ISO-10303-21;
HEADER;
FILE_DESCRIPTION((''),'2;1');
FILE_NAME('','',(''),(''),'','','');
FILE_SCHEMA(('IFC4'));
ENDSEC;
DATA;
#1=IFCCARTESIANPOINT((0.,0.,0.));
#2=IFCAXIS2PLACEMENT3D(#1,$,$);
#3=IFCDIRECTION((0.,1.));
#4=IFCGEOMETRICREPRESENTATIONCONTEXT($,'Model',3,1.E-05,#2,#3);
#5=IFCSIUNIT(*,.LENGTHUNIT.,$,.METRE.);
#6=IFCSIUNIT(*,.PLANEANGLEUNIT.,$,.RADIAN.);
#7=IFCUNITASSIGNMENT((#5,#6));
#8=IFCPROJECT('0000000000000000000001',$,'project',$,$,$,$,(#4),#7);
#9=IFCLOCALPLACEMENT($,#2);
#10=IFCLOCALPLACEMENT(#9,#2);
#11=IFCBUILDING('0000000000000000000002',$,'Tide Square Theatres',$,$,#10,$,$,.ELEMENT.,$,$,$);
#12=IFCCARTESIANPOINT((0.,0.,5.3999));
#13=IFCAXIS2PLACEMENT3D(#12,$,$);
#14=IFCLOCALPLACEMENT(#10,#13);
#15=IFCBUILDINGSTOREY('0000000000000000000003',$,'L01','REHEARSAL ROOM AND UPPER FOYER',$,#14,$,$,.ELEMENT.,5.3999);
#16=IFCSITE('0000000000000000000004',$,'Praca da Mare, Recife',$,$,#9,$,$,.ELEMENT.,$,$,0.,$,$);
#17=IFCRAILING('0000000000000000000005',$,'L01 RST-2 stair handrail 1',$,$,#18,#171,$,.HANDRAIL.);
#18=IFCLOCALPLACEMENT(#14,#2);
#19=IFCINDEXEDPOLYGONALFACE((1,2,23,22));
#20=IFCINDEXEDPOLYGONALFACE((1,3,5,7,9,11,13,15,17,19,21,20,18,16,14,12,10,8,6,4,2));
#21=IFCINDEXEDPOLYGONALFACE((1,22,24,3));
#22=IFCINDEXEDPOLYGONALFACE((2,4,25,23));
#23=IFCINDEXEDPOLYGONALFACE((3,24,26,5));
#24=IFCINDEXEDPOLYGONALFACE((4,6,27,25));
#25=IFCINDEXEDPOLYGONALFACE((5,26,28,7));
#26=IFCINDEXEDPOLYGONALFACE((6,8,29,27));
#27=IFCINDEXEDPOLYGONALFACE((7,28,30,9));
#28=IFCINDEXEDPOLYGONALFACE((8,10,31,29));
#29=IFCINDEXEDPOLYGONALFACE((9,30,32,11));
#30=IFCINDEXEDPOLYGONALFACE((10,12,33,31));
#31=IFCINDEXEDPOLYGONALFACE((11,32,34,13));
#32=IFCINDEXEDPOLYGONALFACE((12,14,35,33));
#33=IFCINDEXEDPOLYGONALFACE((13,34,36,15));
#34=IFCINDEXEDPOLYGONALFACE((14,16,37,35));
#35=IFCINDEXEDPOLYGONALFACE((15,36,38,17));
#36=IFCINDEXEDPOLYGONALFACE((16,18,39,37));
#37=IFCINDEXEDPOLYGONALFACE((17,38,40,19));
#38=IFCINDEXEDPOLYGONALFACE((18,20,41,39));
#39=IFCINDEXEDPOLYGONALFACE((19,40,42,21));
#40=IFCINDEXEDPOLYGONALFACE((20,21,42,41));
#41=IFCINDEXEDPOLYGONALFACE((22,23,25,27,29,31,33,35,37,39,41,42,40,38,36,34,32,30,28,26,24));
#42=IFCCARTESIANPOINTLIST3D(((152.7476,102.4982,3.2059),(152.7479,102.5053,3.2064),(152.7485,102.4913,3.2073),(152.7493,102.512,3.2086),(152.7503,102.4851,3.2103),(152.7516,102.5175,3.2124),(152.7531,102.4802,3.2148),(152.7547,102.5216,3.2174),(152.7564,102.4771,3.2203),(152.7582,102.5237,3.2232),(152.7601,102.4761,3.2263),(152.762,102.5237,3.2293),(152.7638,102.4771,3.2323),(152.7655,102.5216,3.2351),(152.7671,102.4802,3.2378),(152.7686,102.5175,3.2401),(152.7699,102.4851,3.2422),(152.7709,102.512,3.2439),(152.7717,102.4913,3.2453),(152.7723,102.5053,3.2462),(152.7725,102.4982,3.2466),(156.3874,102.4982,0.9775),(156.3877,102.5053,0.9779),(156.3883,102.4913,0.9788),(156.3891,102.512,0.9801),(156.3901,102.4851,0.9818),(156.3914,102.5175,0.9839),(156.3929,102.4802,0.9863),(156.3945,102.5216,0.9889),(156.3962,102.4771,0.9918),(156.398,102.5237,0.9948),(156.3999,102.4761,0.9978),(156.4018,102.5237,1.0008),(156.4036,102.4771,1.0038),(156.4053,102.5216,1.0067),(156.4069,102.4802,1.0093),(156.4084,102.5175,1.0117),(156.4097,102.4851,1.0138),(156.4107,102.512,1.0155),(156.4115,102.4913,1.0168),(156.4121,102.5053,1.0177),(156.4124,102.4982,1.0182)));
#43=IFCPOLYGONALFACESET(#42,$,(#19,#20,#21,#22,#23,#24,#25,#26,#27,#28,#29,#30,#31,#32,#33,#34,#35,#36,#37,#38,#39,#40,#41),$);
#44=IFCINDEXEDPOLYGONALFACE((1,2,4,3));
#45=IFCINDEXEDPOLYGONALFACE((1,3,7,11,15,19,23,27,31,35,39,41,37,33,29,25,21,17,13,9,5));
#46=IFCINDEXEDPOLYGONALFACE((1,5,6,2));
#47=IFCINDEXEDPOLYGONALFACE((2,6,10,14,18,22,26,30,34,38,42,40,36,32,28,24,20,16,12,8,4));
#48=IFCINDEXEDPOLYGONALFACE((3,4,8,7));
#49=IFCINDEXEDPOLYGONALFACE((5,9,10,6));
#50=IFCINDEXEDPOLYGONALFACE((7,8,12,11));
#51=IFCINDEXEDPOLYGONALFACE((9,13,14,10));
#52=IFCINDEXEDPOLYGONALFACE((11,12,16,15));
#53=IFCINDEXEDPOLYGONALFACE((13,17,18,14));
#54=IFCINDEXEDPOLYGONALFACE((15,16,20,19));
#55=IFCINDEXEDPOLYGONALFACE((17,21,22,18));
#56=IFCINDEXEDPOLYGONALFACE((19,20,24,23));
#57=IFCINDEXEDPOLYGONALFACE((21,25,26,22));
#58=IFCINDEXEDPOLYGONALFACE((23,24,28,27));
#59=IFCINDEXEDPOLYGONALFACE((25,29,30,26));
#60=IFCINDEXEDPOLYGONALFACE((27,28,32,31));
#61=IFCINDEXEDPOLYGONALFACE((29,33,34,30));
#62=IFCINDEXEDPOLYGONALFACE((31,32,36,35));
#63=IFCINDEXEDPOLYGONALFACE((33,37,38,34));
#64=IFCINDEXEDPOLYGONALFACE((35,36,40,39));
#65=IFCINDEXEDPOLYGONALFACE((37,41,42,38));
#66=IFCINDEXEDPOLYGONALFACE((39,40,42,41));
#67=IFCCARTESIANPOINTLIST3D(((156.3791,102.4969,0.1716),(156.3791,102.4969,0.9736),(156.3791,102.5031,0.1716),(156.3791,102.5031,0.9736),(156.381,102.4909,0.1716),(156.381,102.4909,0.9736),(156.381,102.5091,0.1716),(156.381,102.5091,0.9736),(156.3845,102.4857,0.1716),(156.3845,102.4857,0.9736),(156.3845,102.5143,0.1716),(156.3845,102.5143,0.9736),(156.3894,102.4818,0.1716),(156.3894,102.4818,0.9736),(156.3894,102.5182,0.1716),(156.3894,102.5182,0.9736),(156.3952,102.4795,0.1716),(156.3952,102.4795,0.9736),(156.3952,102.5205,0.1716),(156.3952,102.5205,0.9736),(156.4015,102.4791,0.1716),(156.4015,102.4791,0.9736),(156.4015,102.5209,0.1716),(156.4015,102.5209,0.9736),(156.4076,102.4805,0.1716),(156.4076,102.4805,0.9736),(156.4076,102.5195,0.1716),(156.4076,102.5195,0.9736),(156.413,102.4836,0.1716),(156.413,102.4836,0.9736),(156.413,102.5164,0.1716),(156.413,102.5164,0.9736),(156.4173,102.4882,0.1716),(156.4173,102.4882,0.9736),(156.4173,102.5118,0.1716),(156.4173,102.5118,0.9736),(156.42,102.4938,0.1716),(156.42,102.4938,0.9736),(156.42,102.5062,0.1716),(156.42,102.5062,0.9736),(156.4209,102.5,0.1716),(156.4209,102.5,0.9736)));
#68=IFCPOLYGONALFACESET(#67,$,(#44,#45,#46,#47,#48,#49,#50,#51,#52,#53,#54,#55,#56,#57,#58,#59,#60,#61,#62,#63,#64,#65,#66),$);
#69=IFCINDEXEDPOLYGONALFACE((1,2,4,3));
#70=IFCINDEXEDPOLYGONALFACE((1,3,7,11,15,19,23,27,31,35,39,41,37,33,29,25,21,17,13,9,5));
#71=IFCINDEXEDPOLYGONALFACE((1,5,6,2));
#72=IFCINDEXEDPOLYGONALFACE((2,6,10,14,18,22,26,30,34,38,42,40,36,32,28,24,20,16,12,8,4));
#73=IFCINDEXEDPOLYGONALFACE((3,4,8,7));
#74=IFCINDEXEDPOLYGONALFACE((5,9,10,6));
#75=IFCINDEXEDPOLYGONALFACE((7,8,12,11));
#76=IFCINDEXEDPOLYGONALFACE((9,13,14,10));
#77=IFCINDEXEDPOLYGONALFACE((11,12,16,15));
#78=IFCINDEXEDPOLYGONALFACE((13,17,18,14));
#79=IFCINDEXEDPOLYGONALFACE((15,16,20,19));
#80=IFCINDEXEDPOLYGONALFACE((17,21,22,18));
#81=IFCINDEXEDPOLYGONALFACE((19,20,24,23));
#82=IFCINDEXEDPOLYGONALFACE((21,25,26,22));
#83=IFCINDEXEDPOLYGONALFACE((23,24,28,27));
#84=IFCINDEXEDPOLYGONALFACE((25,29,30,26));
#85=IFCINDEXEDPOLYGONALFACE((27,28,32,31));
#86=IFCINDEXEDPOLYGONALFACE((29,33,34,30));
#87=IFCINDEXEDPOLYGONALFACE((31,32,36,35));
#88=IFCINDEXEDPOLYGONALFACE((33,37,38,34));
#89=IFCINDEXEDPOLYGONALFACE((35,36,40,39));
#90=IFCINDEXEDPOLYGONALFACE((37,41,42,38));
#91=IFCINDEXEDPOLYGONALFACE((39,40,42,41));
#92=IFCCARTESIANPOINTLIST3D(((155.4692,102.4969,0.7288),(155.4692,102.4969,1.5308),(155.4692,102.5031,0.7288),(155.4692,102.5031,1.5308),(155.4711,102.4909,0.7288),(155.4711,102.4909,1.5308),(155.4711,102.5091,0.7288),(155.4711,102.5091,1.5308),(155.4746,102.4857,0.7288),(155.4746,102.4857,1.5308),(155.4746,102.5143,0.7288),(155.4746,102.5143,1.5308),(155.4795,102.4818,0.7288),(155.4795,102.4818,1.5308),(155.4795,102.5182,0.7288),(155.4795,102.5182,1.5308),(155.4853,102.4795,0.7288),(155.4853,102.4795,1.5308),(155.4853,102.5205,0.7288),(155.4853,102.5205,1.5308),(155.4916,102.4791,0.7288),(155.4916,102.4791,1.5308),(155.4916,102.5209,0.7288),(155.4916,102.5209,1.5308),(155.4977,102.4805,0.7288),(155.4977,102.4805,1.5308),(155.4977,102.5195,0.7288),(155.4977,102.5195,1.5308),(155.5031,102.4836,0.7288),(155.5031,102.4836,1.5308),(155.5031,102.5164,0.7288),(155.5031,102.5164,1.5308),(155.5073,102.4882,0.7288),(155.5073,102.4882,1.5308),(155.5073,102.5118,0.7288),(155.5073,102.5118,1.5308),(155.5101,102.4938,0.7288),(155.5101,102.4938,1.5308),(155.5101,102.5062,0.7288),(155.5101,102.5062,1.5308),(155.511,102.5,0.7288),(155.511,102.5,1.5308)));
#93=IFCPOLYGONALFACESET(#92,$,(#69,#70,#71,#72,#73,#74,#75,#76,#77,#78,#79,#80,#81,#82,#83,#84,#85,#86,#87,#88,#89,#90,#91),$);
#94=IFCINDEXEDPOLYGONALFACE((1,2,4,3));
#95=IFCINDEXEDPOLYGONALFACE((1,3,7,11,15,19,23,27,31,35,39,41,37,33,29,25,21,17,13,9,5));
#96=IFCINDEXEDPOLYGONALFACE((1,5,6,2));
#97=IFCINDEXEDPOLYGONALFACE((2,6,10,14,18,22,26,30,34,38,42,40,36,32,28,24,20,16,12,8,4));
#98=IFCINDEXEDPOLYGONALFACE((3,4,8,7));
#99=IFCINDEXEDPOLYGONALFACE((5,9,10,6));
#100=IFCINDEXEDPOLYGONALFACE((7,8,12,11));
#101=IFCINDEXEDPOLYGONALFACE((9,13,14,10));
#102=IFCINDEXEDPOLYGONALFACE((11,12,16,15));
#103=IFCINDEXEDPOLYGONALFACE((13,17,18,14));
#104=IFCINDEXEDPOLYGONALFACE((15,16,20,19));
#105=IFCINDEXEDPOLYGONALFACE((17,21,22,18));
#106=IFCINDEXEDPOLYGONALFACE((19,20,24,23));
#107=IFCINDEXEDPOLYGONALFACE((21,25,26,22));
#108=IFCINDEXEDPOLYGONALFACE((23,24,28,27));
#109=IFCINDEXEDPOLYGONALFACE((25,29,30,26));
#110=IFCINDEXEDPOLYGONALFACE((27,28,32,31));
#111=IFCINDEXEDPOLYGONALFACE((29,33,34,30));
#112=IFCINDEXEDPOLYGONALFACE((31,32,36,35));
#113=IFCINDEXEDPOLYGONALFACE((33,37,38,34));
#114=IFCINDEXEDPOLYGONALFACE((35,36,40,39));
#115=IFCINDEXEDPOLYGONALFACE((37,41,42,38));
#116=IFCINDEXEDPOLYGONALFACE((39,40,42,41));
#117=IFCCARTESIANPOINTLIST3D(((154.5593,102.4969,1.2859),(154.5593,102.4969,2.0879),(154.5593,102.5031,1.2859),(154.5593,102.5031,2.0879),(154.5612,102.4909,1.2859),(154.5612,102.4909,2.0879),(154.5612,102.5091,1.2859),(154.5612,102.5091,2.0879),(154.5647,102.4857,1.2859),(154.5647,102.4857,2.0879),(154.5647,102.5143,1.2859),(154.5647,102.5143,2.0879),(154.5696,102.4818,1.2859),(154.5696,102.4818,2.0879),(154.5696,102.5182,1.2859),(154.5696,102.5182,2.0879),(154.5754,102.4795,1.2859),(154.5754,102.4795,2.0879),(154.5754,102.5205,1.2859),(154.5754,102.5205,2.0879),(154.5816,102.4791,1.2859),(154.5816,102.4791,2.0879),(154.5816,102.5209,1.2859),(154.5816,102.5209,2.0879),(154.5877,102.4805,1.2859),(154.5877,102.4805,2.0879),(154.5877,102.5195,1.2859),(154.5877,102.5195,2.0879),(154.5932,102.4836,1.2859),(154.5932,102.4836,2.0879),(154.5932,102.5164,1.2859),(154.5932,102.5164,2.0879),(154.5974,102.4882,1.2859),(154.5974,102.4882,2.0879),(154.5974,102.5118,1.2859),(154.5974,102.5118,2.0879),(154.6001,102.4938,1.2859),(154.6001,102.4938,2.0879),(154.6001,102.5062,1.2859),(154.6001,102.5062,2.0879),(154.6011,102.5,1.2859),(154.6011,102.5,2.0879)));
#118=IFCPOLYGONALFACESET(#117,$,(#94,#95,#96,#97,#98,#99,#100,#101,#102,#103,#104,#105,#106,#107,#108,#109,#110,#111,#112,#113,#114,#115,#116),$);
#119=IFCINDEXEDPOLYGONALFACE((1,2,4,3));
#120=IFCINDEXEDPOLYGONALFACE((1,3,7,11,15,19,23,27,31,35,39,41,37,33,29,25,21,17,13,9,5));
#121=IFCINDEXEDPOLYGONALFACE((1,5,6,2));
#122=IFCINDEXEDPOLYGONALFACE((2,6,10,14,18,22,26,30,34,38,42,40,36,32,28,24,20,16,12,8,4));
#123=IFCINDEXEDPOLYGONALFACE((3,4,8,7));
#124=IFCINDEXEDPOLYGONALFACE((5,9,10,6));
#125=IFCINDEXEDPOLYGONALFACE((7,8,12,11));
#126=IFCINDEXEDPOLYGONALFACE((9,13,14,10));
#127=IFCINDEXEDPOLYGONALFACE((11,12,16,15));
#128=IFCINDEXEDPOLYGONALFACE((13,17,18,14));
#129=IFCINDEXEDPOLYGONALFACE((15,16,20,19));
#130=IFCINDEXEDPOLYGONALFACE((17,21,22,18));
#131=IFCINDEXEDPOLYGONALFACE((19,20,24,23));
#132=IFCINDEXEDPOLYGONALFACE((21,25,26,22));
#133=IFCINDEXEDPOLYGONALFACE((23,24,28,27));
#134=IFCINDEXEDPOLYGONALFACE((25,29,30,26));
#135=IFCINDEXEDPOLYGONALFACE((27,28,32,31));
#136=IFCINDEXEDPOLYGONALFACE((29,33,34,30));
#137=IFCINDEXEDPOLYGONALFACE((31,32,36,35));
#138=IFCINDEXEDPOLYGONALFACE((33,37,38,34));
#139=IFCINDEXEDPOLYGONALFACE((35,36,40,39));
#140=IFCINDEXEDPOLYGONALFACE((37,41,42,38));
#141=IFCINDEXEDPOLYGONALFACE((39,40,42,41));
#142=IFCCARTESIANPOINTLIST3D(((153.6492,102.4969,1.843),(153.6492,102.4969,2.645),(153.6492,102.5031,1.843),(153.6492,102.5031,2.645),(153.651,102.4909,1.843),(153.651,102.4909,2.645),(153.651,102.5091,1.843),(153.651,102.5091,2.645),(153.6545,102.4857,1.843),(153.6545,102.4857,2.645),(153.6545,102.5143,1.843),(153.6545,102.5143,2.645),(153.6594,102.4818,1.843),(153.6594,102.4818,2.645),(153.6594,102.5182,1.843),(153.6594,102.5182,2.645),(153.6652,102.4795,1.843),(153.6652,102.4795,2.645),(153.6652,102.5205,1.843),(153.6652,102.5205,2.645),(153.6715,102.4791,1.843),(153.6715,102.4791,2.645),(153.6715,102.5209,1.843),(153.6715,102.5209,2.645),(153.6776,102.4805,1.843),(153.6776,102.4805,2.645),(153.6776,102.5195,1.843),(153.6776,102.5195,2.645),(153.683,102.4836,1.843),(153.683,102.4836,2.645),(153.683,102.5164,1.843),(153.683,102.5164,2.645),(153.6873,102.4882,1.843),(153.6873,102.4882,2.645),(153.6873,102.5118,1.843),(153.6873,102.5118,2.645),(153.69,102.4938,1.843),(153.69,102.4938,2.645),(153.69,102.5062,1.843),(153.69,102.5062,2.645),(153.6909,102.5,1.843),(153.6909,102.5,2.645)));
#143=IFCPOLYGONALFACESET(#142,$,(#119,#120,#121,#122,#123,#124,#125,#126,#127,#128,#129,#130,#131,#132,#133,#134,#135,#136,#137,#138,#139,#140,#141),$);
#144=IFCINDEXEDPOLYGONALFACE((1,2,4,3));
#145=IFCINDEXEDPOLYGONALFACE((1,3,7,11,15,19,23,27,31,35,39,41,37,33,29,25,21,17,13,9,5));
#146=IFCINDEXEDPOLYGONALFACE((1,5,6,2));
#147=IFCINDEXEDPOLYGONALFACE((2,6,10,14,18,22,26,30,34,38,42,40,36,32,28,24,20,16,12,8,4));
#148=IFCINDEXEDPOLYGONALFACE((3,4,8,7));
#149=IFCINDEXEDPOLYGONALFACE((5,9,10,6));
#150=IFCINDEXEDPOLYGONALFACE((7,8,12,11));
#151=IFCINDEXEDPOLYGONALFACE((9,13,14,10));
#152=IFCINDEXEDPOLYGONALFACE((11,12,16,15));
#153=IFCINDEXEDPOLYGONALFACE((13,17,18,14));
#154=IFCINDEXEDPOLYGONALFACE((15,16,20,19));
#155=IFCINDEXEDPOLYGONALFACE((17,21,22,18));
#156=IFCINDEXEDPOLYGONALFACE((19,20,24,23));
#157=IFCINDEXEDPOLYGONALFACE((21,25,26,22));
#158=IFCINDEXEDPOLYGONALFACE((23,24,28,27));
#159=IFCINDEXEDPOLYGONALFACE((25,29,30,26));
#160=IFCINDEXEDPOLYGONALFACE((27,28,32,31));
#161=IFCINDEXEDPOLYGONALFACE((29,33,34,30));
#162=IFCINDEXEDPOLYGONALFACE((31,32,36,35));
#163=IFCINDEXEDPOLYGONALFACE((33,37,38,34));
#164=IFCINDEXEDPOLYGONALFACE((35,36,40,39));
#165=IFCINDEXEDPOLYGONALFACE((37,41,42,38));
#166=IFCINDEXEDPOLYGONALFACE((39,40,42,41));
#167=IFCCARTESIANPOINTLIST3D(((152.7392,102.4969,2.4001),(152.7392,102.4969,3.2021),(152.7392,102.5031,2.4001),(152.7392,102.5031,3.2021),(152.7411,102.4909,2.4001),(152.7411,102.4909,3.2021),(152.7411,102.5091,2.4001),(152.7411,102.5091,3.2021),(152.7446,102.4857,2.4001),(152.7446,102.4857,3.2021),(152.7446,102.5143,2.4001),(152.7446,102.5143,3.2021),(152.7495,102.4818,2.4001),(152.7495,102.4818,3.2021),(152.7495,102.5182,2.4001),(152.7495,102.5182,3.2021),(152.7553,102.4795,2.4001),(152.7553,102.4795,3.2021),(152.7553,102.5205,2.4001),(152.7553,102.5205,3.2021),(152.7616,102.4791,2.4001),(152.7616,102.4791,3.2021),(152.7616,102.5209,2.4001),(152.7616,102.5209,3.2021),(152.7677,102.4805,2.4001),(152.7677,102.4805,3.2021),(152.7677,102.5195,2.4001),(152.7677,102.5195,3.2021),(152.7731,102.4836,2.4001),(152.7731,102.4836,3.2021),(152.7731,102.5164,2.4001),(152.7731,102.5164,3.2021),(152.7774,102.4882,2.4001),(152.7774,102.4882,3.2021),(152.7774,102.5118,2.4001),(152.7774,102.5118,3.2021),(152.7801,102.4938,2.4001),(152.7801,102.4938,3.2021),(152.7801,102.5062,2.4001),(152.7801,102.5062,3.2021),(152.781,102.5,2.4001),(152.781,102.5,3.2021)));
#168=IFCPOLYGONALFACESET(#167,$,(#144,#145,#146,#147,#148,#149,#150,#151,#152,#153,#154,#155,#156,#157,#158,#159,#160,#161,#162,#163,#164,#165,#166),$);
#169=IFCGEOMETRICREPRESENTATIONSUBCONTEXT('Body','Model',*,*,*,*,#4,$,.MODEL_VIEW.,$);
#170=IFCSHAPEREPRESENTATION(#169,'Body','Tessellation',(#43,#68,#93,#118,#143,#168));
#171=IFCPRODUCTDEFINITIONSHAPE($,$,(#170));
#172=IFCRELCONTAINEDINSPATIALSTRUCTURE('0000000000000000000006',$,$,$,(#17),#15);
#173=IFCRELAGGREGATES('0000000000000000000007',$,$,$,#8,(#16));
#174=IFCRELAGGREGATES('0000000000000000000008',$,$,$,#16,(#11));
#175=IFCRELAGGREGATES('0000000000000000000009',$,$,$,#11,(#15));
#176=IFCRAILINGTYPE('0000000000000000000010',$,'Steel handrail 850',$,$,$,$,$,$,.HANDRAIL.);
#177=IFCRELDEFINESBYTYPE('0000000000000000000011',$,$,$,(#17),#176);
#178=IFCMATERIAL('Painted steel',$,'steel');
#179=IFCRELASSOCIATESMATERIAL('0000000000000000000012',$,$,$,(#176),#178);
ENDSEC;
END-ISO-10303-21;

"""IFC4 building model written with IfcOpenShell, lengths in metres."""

from ifc_helpers import new_model, si_unit, direction, frame, origin, origin_2d, place, context, subcontext, project, spatial, circle, extrude, material, type_object, element, save


model = new_model("IFC4")

# Units and contexts
model_context = context("Model", 3, precision=1e-05, world=origin(), true_north=direction((0.0, 1.0)))
body_context = subcontext(model_context, "Body", "Model", "MODEL_VIEW")
ifc_project = project(units=[si_unit("LENGTHUNIT", "METRE"), si_unit("PLANEANGLEUNIT", "RADIAN")], contexts=[model_context])

# Site, building, storey
site_placement = place(None, origin())
site = spatial("IfcSite", under=ifc_project, at=site_placement, Name="Praca da Mare, Recife", CompositionType="ELEMENT", RefElevation=0.0)
building_placement = place(site_placement, origin())
building = spatial("IfcBuilding", under=site, at=building_placement, Name="Tide Square Theatres", CompositionType="ELEMENT")
storey_placement = place(building_placement, frame((0.0, 0.0, 5.3999)))
storey = spatial("IfcBuildingStorey", under=building, at=storey_placement, Name="L01", Description="REHEARSAL ROOM AND UPPER FOYER", CompositionType="ELEMENT", Elevation=5.3999)

# Railing
ifc_material_1 = material(Name="Painted steel", Category="steel")
railing_type_1 = type_object("IfcRailingType", Name="Steel handrail 850", PredefinedType="HANDRAIL", material=ifc_material_1)
for number, where, name in (
    (1, (156.3999, 102.5, 0.1716), "L01 RST-2 stair handrail 1"),
):
    element("IfcRailing", number, at=place(storey_placement, frame(where)), inside=storey, type_object=railing_type_1, Name=name, PredefinedType="HANDRAIL", context=body_context, shape_type="SweptSolid", body=[
        extrude(circle(Radius=0.0239, at=origin_2d()), frame((0.0, 0.0, 0.8262), z_axis=(-0.85285, 0.0, 0.522156), x_axis=(0.0, -1.0, 0.0)), (0.0, 0.0, 1.0), 4.2678),
        extrude(circle(Radius=0.021, at=origin_2d()), origin(), (0.0, 0.0, 1.0), 0.802),
        extrude(circle(Radius=0.021, at=origin_2d()), frame((-0.9099, 0.0, 0.5571)), (0.0, 0.0, 1.0), 0.802),
        extrude(circle(Radius=0.021, at=origin_2d()), frame((-1.8198, 0.0, 1.1143)), (0.0, 0.0, 1.0), 0.802),
        extrude(circle(Radius=0.021, at=origin_2d()), frame((-2.73, 0.0, 1.6714)), (0.0, 0.0, 1.0), 0.802),
        extrude(circle(Radius=0.021, at=origin_2d()), frame((-3.6399, 0.0, 2.2285)), (0.0, 0.0, 1.0), 0.802),
    ])

save(model, "model.ifc")
